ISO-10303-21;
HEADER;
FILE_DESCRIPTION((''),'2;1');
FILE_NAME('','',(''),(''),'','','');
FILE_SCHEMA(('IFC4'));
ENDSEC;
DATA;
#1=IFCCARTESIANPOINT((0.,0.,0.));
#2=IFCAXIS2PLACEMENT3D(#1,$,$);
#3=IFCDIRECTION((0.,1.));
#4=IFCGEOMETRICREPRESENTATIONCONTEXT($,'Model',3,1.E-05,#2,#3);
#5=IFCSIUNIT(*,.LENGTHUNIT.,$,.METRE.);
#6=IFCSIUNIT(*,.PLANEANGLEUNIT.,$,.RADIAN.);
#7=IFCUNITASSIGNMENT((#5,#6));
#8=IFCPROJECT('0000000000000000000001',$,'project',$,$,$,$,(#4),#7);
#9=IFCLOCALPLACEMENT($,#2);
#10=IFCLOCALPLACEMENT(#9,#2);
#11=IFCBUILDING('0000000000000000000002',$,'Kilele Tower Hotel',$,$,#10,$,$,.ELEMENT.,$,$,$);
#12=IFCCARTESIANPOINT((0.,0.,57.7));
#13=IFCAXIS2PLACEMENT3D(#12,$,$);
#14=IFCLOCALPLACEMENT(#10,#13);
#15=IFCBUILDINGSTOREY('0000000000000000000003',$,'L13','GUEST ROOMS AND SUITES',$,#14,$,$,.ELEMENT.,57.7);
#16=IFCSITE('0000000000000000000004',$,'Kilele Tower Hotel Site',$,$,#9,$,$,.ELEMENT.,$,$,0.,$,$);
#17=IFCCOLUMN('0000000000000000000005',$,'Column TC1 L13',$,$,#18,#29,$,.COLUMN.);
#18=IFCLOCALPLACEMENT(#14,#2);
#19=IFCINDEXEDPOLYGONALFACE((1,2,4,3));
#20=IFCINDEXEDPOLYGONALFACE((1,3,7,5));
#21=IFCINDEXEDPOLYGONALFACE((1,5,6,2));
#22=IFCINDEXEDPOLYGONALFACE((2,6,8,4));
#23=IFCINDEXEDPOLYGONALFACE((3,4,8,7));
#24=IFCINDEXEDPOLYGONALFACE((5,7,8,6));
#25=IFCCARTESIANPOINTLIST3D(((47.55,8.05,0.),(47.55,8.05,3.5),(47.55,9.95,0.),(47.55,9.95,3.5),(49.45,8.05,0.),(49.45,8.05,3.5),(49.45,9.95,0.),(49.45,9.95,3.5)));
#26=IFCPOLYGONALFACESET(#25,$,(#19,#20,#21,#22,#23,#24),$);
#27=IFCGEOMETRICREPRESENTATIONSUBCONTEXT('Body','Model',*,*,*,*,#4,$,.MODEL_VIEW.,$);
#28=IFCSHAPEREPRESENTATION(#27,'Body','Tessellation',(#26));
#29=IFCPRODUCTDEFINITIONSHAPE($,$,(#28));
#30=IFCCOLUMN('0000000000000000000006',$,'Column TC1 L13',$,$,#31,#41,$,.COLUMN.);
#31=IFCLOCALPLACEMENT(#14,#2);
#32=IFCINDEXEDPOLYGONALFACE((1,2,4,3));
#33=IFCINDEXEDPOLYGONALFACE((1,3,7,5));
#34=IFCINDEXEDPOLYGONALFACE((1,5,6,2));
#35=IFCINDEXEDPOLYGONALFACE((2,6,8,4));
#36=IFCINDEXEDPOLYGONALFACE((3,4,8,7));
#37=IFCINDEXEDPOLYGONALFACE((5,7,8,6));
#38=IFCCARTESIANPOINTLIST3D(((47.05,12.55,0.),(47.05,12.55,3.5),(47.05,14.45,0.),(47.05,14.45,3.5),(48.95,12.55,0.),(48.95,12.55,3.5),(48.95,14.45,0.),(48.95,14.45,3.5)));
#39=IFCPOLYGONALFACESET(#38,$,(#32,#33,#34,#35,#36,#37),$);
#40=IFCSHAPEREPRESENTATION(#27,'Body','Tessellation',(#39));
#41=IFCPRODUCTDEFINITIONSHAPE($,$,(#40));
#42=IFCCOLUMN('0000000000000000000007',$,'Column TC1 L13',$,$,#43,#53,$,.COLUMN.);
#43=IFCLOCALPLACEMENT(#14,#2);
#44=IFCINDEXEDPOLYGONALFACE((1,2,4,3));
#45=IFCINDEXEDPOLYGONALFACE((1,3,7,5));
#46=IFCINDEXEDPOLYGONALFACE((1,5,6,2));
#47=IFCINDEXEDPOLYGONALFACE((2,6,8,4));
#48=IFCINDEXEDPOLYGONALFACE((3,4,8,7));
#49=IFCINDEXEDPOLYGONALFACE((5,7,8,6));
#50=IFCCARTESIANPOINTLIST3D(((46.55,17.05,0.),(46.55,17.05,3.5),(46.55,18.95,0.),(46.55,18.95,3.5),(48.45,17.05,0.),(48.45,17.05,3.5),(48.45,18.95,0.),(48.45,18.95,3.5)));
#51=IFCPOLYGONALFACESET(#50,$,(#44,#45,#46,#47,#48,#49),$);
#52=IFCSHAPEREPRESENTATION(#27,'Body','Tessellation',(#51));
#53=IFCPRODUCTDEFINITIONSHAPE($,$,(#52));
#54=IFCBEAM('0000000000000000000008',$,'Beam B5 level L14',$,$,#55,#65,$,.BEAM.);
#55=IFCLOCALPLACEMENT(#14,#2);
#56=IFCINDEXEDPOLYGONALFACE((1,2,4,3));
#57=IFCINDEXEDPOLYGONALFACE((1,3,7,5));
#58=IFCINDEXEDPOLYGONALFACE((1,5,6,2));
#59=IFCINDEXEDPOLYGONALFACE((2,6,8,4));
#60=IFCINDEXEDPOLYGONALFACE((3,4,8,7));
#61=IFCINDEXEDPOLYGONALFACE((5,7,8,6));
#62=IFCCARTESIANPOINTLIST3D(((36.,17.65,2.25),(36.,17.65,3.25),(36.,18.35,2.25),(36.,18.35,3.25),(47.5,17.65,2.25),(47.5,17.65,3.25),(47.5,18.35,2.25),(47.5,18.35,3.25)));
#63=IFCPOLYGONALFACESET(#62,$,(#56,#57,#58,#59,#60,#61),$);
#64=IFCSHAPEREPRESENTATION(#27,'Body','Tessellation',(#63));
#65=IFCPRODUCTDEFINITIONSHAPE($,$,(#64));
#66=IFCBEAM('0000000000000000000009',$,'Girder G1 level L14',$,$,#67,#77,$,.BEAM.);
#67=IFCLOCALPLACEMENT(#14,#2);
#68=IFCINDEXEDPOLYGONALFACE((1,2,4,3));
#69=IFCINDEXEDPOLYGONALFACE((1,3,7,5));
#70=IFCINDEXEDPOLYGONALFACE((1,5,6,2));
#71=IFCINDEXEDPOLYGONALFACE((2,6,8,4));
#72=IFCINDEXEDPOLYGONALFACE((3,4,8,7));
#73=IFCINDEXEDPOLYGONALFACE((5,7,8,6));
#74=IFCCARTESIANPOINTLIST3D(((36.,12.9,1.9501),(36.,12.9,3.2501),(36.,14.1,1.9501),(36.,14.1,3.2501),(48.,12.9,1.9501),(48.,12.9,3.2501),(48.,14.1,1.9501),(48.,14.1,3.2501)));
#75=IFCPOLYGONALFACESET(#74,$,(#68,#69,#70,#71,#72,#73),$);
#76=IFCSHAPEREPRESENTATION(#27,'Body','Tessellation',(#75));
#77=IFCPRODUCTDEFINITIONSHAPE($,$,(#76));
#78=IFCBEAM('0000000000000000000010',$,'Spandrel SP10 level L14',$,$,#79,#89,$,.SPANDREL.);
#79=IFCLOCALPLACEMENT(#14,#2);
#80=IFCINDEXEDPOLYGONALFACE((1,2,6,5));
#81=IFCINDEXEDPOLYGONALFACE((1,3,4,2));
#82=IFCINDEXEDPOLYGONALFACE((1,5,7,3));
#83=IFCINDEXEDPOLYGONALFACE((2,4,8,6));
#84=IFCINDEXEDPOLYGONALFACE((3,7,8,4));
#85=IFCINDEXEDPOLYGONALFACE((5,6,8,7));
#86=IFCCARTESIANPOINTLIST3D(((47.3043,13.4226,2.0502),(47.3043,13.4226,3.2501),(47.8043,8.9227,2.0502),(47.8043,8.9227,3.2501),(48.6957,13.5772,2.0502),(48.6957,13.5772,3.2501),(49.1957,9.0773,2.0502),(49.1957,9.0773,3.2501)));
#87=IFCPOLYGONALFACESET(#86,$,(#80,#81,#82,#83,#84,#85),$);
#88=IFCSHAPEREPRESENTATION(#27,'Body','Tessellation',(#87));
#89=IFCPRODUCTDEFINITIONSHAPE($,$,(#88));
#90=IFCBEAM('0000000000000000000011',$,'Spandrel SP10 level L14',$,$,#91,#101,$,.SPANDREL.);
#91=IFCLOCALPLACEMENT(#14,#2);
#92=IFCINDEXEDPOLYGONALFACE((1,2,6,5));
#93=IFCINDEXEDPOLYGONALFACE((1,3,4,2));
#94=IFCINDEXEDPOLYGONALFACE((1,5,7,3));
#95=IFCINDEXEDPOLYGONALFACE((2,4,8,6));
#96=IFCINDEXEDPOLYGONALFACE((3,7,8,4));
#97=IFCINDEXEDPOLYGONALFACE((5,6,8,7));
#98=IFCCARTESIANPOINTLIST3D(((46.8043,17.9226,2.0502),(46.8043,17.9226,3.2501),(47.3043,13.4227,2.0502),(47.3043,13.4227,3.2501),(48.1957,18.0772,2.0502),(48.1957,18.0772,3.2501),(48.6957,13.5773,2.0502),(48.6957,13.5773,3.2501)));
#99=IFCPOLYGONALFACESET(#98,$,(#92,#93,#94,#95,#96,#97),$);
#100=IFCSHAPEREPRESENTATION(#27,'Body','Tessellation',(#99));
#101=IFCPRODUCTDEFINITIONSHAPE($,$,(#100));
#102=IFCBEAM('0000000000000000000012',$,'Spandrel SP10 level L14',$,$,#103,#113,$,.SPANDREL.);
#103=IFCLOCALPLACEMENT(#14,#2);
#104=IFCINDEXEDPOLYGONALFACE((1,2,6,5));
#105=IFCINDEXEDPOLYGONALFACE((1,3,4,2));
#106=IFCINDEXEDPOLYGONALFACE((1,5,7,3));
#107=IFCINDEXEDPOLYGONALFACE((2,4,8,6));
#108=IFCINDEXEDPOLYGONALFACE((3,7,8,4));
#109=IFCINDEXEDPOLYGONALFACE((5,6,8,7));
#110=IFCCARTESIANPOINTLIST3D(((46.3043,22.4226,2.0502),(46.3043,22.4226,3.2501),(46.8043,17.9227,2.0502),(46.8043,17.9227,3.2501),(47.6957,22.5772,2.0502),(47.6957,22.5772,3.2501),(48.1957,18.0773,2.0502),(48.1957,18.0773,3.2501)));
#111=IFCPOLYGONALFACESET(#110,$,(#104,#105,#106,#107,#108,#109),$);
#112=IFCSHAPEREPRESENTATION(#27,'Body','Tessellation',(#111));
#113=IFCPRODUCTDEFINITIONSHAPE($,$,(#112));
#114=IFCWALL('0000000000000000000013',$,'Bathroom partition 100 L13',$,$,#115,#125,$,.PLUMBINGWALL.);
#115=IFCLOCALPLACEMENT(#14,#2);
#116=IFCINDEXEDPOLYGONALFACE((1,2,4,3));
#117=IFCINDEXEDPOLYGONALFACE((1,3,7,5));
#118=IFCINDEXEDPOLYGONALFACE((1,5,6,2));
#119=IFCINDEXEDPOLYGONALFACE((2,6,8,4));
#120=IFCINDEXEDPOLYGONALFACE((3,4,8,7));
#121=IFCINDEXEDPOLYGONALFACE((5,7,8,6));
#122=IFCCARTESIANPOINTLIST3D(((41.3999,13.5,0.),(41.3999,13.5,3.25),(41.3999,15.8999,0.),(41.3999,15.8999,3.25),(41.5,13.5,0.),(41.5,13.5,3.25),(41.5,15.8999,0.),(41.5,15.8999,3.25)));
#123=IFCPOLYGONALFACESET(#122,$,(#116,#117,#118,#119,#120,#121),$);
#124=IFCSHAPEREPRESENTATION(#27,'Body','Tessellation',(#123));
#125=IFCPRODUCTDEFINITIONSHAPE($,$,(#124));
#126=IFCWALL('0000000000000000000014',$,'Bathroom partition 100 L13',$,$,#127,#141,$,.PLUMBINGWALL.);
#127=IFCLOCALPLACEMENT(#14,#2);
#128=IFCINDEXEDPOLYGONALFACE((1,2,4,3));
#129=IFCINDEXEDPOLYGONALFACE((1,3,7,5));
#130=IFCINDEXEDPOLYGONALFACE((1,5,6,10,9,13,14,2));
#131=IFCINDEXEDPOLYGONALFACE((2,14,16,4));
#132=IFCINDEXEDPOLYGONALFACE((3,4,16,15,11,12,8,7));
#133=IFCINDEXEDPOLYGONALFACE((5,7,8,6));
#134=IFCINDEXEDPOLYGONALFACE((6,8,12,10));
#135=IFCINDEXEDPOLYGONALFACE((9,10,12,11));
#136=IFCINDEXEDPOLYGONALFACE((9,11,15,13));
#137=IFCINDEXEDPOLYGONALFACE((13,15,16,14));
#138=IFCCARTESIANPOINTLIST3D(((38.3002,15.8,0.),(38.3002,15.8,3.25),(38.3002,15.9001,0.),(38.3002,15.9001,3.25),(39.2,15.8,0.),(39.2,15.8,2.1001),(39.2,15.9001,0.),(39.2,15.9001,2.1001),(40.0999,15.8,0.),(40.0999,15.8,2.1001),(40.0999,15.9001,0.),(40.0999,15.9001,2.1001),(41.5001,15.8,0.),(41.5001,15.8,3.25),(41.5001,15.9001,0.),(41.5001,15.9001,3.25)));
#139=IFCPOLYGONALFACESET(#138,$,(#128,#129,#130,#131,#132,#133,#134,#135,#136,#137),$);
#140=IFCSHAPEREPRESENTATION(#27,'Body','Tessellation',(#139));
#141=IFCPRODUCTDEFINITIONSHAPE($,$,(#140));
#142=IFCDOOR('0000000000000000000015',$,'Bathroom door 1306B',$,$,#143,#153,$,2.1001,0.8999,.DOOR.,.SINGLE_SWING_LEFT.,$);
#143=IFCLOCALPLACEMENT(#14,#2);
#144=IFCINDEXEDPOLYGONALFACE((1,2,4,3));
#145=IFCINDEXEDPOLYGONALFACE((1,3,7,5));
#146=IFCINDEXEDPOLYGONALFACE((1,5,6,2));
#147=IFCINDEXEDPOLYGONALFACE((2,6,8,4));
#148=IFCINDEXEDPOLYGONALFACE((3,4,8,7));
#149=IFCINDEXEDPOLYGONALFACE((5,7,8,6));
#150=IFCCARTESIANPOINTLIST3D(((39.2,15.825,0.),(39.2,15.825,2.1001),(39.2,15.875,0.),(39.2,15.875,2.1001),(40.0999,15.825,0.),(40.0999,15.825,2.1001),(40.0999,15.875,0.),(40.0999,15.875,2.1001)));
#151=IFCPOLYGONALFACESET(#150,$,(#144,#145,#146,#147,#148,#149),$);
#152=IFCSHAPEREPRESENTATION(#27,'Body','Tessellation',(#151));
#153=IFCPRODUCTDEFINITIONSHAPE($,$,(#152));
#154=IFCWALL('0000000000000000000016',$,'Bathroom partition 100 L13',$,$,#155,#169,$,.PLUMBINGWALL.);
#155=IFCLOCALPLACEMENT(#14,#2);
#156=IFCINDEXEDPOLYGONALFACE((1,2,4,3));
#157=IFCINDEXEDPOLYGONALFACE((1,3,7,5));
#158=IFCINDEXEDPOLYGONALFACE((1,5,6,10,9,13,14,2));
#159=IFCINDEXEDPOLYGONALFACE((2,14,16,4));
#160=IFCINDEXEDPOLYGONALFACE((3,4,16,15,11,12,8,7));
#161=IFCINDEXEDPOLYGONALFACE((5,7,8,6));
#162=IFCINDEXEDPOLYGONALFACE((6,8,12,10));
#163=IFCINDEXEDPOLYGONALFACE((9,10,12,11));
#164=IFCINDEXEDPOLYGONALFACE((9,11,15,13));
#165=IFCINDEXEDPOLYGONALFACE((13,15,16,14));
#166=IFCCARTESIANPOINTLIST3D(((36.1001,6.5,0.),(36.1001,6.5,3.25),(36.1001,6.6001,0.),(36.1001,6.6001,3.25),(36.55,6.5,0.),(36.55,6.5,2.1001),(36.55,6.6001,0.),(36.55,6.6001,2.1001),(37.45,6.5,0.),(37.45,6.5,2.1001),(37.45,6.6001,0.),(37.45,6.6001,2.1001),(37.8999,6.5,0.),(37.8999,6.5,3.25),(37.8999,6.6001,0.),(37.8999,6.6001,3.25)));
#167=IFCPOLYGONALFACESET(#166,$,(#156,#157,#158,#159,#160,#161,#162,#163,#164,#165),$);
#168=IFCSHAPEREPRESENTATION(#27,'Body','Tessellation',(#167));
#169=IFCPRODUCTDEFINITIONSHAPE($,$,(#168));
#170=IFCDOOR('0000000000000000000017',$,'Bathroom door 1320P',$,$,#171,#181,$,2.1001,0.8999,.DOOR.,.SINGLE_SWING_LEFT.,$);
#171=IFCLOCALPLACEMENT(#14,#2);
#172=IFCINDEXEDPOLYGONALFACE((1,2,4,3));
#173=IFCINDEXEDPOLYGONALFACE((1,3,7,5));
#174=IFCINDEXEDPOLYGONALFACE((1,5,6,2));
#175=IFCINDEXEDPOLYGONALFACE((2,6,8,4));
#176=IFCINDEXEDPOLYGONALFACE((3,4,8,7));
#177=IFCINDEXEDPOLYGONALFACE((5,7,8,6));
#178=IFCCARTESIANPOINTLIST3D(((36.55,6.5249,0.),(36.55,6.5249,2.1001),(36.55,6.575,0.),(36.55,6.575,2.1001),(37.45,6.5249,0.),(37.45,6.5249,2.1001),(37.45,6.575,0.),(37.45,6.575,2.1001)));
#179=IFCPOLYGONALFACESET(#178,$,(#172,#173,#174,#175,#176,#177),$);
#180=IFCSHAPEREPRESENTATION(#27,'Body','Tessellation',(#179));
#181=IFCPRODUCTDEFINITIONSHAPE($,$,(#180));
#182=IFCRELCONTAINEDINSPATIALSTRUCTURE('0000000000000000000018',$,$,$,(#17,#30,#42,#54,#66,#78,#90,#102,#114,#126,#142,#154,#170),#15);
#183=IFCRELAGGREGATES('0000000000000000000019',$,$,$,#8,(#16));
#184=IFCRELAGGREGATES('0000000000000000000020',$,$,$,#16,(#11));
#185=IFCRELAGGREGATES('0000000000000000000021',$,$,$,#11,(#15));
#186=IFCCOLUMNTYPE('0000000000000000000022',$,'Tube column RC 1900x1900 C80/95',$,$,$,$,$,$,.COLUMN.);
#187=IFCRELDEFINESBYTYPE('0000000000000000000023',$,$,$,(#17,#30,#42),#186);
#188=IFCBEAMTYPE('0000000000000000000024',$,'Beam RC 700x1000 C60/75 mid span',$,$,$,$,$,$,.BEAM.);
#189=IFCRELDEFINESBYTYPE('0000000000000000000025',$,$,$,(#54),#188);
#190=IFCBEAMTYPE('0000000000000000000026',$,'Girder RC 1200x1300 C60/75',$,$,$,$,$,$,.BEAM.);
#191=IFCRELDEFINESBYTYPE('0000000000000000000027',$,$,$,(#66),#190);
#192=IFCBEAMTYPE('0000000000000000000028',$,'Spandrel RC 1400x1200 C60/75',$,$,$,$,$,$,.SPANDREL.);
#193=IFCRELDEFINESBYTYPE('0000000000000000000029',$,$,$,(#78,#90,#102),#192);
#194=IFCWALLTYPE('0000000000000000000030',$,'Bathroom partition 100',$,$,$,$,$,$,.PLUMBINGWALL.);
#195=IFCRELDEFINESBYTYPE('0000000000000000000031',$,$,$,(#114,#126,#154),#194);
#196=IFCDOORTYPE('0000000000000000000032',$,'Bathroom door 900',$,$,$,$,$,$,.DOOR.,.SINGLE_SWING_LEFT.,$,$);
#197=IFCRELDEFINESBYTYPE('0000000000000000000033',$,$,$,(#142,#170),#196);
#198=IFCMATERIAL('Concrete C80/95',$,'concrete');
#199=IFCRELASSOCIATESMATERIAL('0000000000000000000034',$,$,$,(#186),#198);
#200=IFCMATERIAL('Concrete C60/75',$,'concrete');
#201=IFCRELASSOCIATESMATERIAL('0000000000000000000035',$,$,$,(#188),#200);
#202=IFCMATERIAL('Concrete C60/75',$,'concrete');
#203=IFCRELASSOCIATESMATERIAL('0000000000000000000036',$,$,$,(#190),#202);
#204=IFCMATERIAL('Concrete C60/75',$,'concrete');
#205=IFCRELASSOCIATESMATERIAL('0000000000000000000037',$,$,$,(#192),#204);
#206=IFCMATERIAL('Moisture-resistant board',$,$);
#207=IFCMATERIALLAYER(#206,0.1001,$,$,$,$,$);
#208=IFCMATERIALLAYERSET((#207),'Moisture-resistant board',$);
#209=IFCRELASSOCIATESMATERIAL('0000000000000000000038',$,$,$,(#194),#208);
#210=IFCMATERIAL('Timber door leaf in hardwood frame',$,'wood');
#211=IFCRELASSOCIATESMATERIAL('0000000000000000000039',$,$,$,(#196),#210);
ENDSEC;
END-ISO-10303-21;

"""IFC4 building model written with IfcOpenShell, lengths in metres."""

from ifc_helpers import new_model, si_unit, direction, frame, frame_2d, origin, origin_2d, place, context, subcontext, project, spatial, rectangle, extrude, material, layer, layer_set, material_profile, profile_set, type_object, element, fill, save


model = new_model("IFC4")

# Units and contexts
model_context = context("Model", 3, precision=1e-05, world=origin(), true_north=direction((0.0, 1.0)))
body_context = subcontext(model_context, "Body", "Model", "MODEL_VIEW")
ifc_project = project(units=[si_unit("LENGTHUNIT", "METRE"), si_unit("PLANEANGLEUNIT", "RADIAN")], contexts=[model_context])

# Site, building, storey
site_placement = place(None, origin())
site = spatial("IfcSite", under=ifc_project, at=site_placement, Name="Kilele Tower Hotel Site", CompositionType="ELEMENT", RefElevation=0.0)
building_placement = place(site_placement, origin())
building = spatial("IfcBuilding", under=site, at=building_placement, Name="Kilele Tower Hotel", CompositionType="ELEMENT")
storey_placement = place(building_placement, frame((0.0, 0.0, 57.7)))
storey = spatial("IfcBuildingStorey", under=building, at=storey_placement, Name="L13", Description="GUEST ROOMS AND SUITES", CompositionType="ELEMENT", Elevation=57.7)

# Columns
ifc_material_1 = material(Name="Concrete C80/95", Category="concrete")
ifc_material_profile_1 = material_profile(ifc_material_1, rectangle(XDim=1.8999, YDim=1.8999, at=origin_2d()))
ifc_profile_set_1 = profile_set([ifc_material_profile_1], Name="Concrete C80/95")
column_type = type_object("IfcColumnType", Name="Tube column RC 1900x1900 C80/95", PredefinedType="COLUMN", material=ifc_profile_set_1)
for number, where, z_axis, x_axis, name in (
    (1, (48.5, 9.0, 0.0), (0.0, 0.0, 1.0), (1.0, 0.0, 0.0), "Column TC1 L13"),
    (2, (48.0, 13.5, 0.0), (0.0, 0.0, 1.0), (1.0, 0.0, 0.0), "Column TC1 L13"),
    (3, (47.5, 18.0, 0.0), (0.0, 0.0, 1.0), (1.0, 0.0, 0.0), "Column TC1 L13"),
):
    element("IfcColumn", number, at=place(storey_placement, frame(where, z_axis=z_axis, x_axis=x_axis)), inside=storey, type_object=column_type, Name=name, PredefinedType="COLUMN", context=body_context, shape_type="SweptSolid", body=[
        extrude(rectangle(XDim=1.8999, YDim=1.8999, at=origin_2d()), origin(), (0.0, 0.0, 1.0), 3.5),
    ])

# Beams
ifc_material_2 = material(Name="Concrete C60/75", Category="concrete")
ifc_material_profile_2 = material_profile(ifc_material_2, rectangle(XDim=0.7, YDim=1.0, at=origin_2d()))
ifc_profile_set_2 = profile_set([ifc_material_profile_2], Name="Concrete C60/75")
beam_type_1 = type_object("IfcBeamType", Name="Beam RC 700x1000 C60/75 mid span", PredefinedType="BEAM", material=ifc_profile_set_2)
beam_1_placement = place(storey_placement, frame((47.5, 18.0, 2.75), z_axis=(-1.0, 0.0, 0.0), x_axis=(0.0, -1.0, 0.0)))
element("IfcBeam", 4, at=beam_1_placement, inside=storey, type_object=beam_type_1, Name="Beam B5 level L14", PredefinedType="BEAM", context=body_context, shape_type="SweptSolid", body=[
    extrude(rectangle(XDim=0.7, YDim=1.0, at=origin_2d()), origin(), (0.0, 0.0, 1.0), 11.5),
])
ifc_material_3 = material(Name="Concrete C60/75", Category="concrete")
ifc_material_profile_3 = material_profile(ifc_material_3, rectangle(XDim=1.2, YDim=1.3, at=origin_2d()))
ifc_profile_set_3 = profile_set([ifc_material_profile_3], Name="Concrete C60/75")
beam_type_2 = type_object("IfcBeamType", Name="Girder RC 1200x1300 C60/75", PredefinedType="BEAM", material=ifc_profile_set_3)
beam_2_placement = place(storey_placement, frame((48.0, 13.5, 2.6001), z_axis=(-1.0, 0.0, 0.0), x_axis=(0.0, -1.0, 0.0)))
element("IfcBeam", 5, at=beam_2_placement, inside=storey, type_object=beam_type_2, Name="Girder G1 level L14", PredefinedType="BEAM", context=body_context, shape_type="SweptSolid", body=[
    extrude(rectangle(XDim=1.2, YDim=1.3, at=origin_2d()), origin(), (0.0, 0.0, 1.0), 12.0),
])
ifc_material_4 = material(Name="Concrete C60/75", Category="concrete")
ifc_material_profile_4 = material_profile(ifc_material_4, rectangle(XDim=1.3999, YDim=1.2, at=origin_2d()))
ifc_profile_set_4 = profile_set([ifc_material_profile_4], Name="Concrete C60/75")
beam_type_3 = type_object("IfcBeamType", Name="Spandrel RC 1400x1200 C60/75", PredefinedType="SPANDREL", material=ifc_profile_set_4)
for number, where, z_axis, x_axis, name in (
    (6, (48.5, 9.0, 2.6501), (-0.110432, 0.993884, 0.0), (-0.993884, -0.110432, 0.0), "Spandrel SP10 level L14"),
    (7, (48.0, 13.5, 2.6501), (-0.110432, 0.993884, 0.0), (-0.993884, -0.110432, 0.0), "Spandrel SP10 level L14"),
    (8, (47.5, 18.0, 2.6501), (-0.110432, 0.993884, 0.0), (-0.993884, -0.110432, 0.0), "Spandrel SP10 level L14"),
):
    element("IfcBeam", number, at=place(storey_placement, frame(where, z_axis=z_axis, x_axis=x_axis)), inside=storey, type_object=beam_type_3, Name=name, PredefinedType="SPANDREL", context=body_context, shape_type="SweptSolid", body=[
        extrude(rectangle(XDim=1.3999, YDim=1.2, at=origin_2d()), origin(), (0.0, 0.0, 1.0), 4.5276),
    ])

# Wall
ifc_material_5 = material(Name="Moisture-resistant board")
ifc_layer_1 = layer(ifc_material_5, 0.1001)
ifc_layer_set_1 = layer_set([ifc_layer_1], Name="Moisture-resistant board")
wall_type_1 = type_object("IfcWallType", Name="Bathroom partition 100", PredefinedType="PLUMBINGWALL", material=ifc_layer_set_1)
wall_1_placement = place(storey_placement, frame((41.45, 13.5, 0.0), z_axis=(0.0, 0.0, 1.0), x_axis=(0.0, 1.0, 0.0)))
element("IfcWall", 9, at=wall_1_placement, inside=storey, type_object=wall_type_1, Name="Bathroom partition 100 L13", PredefinedType="PLUMBINGWALL", context=body_context, shape_type="SweptSolid", body=[
    extrude(rectangle(XDim=2.3999, YDim=0.1001, at=frame_2d((1.2, 0.0))), origin(), (0.0, 0.0, 1.0), 3.25),
])

# Walls, openings, doors
wall_2_placement = place(storey_placement, frame((38.3, 15.8501, 0.0), z_axis=(0.0, 0.0, 1.0), x_axis=(1.0, 0.0, 0.0)))
wall_2 = element("IfcWall", 10, at=wall_2_placement, inside=storey, type_object=wall_type_1, Name="Bathroom partition 100 L13", PredefinedType="PLUMBINGWALL", context=body_context, shape_type="SweptSolid", body=[
    extrude(rectangle(XDim=3.2, YDim=0.1001, at=frame_2d((1.6001, 0.0))), origin(), (0.0, 0.0, 1.0), 3.25),
])
opening_1_placement = place(wall_2_placement, frame((0.8999, 0.0, 0.0)))
opening_1 = element("IfcOpeningElement", 11, at=opening_1_placement, cuts=wall_2, PredefinedType="OPENING", context=body_context, shape_type="SweptSolid", body=[
    extrude(rectangle(XDim=0.8999, YDim=2.1001, at=frame_2d((0.45, 1.05))), frame((0.0, 0.0601, 0.0), z_axis=(0.0, -1.0, 0.0), x_axis=(1.0, 0.0, 0.0)), (0.0, 0.0, 1.0), 0.1201),
])
ifc_material_6 = material(Name="Timber door leaf in hardwood frame", Category="wood")
door_type_1 = type_object("IfcDoorType", Name="Bathroom door 900", OperationType="SINGLE_SWING_LEFT", PredefinedType="DOOR", material=ifc_material_6)
door_1_placement = place(opening_1_placement, origin())
door_1 = element("IfcDoor", 12, at=door_1_placement, inside=storey, type_object=door_type_1, Name="Bathroom door 1306B", OperationType="SINGLE_SWING_LEFT", OverallHeight=2.1001, OverallWidth=0.8999, PredefinedType="DOOR", context=body_context, shape_type="SweptSolid", body=[
    extrude(rectangle(XDim=0.8999, YDim=2.1001, at=frame_2d((0.45, 1.05))), frame((0.0, 0.0249, 0.0), z_axis=(0.0, -1.0, 0.0), x_axis=(1.0, 0.0, 0.0)), (0.0, 0.0, 1.0), 0.05),
])
fill(opening_1, door_1)
wall_3_placement = place(storey_placement, frame((36.1001, 6.55, 0.0), z_axis=(0.0, 0.0, 1.0), x_axis=(1.0, 0.0, 0.0)))
wall_3 = element("IfcWall", 13, at=wall_3_placement, inside=storey, type_object=wall_type_1, Name="Bathroom partition 100 L13", PredefinedType="PLUMBINGWALL", context=body_context, shape_type="SweptSolid", body=[
    extrude(rectangle(XDim=1.7998, YDim=0.1001, at=frame_2d((0.8999, 0.0))), origin(), (0.0, 0.0, 1.0), 3.25),
])
opening_2_placement = place(wall_3_placement, frame((0.45, 0.0, 0.0)))
opening_2 = element("IfcOpeningElement", 14, at=opening_2_placement, cuts=wall_3, PredefinedType="OPENING", context=body_context, shape_type="SweptSolid", body=[
    extrude(rectangle(XDim=0.8999, YDim=2.1001, at=frame_2d((0.45, 1.05))), frame((0.0, 0.0601, 0.0), z_axis=(0.0, -1.0, 0.0), x_axis=(1.0, 0.0, 0.0)), (0.0, 0.0, 1.0), 0.1201),
])
door_2_placement = place(opening_2_placement, origin())
door_2 = element("IfcDoor", 15, at=door_2_placement, inside=storey, type_object=door_type_1, Name="Bathroom door 1320P", OperationType="SINGLE_SWING_LEFT", OverallHeight=2.1001, OverallWidth=0.8999, PredefinedType="DOOR", context=body_context, shape_type="SweptSolid", body=[
    extrude(rectangle(XDim=0.8999, YDim=2.1001, at=frame_2d((0.45, 1.05))), frame((0.0, 0.0249, 0.0), z_axis=(0.0, -1.0, 0.0), x_axis=(1.0, 0.0, 0.0)), (0.0, 0.0, 1.0), 0.05),
])
fill(opening_2, door_2)

save(model, "model.ifc")
